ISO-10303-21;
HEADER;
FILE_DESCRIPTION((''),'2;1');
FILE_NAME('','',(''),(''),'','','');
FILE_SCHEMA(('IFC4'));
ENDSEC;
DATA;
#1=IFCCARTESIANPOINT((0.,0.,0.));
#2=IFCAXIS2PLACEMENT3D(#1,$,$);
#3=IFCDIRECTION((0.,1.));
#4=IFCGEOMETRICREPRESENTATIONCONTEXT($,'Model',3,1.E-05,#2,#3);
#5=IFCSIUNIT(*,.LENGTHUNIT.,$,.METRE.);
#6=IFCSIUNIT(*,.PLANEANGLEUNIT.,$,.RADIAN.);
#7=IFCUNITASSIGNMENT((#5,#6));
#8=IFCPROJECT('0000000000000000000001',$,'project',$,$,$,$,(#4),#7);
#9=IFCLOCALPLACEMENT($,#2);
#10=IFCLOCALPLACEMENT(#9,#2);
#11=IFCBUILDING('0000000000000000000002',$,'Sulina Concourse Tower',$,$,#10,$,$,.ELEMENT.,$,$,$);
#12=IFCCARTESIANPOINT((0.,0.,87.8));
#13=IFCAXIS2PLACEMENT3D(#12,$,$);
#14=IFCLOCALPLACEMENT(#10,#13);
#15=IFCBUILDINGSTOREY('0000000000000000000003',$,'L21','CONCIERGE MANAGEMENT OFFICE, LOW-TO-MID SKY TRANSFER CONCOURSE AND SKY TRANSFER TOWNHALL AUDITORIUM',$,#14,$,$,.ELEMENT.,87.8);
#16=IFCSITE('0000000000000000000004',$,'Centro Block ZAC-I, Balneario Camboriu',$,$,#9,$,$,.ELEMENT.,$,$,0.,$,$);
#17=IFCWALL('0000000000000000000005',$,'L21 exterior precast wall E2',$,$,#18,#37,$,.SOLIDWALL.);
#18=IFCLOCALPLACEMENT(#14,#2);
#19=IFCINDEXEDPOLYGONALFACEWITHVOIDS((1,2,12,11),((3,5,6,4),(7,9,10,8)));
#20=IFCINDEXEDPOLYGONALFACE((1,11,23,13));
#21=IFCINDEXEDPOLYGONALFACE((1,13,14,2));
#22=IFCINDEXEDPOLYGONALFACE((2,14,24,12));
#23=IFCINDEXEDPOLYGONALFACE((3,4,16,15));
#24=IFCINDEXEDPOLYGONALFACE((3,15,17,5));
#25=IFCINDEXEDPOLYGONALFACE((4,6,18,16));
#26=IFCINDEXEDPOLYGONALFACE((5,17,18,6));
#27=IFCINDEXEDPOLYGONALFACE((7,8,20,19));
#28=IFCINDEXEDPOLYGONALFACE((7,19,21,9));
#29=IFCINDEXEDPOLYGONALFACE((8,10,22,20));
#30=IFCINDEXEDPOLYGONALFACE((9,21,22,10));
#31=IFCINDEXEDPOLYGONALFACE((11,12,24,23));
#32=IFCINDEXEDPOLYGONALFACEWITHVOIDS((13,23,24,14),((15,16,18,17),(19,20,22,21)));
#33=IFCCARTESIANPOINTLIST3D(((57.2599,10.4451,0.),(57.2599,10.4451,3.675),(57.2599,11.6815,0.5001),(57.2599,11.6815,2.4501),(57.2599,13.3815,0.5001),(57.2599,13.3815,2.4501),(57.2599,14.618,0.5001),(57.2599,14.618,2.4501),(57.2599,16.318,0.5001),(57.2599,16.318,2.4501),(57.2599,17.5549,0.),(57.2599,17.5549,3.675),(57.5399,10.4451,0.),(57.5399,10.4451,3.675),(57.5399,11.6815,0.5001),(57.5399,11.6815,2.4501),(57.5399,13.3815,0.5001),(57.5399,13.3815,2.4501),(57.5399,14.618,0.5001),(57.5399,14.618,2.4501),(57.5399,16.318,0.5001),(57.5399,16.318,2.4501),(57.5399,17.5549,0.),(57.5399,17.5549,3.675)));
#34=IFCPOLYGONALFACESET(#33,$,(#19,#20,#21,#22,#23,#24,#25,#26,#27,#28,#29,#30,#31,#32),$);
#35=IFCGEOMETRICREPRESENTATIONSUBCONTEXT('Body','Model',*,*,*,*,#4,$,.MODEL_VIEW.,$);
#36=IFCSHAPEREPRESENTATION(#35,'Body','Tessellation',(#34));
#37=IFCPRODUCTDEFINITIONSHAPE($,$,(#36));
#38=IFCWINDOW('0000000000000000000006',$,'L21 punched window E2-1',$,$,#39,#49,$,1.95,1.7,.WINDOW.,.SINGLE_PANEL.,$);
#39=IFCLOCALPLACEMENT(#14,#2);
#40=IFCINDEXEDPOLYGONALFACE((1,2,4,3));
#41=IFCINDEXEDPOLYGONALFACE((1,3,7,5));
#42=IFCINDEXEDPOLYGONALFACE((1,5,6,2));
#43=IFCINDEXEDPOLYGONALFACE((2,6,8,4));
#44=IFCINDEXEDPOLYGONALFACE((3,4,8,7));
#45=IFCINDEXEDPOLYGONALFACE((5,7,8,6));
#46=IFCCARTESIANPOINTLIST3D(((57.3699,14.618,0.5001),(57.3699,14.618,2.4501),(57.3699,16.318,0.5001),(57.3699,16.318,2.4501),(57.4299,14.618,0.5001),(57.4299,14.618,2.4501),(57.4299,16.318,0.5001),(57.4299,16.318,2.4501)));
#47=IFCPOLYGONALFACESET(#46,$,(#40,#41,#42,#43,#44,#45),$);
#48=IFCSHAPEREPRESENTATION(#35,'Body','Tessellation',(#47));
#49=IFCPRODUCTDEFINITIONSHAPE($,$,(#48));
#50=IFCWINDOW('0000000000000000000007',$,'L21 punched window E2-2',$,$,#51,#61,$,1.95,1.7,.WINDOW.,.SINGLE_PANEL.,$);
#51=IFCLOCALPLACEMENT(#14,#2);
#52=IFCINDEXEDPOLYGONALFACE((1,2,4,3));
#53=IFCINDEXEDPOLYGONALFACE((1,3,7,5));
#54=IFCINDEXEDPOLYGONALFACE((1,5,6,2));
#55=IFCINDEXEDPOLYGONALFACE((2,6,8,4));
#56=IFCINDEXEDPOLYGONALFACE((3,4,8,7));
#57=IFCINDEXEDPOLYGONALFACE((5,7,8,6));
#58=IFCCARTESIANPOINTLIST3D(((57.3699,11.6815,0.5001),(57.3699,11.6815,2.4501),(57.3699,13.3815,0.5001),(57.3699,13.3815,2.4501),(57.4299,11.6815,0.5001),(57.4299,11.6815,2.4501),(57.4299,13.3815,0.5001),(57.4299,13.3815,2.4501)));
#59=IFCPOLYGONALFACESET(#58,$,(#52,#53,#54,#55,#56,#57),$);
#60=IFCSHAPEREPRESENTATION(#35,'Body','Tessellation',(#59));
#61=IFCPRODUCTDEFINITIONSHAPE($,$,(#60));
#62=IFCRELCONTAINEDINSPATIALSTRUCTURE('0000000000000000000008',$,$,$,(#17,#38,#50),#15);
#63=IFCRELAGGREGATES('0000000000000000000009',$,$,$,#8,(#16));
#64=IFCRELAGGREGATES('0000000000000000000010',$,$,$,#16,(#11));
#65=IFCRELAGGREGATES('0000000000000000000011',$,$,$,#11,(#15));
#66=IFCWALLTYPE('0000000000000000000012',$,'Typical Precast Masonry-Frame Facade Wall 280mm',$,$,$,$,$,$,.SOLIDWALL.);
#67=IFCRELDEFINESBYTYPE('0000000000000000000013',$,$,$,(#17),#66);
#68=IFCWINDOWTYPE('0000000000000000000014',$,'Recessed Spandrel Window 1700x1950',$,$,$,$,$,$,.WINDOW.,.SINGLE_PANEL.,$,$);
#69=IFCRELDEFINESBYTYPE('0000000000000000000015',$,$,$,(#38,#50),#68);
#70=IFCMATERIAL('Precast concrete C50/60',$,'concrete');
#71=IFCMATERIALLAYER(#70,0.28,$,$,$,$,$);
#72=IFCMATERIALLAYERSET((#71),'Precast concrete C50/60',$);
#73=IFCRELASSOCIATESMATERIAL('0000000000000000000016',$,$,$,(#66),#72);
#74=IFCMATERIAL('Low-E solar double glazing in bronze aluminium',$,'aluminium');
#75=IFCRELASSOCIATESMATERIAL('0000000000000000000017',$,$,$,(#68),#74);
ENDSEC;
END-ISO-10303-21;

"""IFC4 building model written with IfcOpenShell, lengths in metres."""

from ifc_helpers import new_model, si_unit, direction, frame, frame_2d, origin, place, context, subcontext, project, spatial, rectangle, extrude, material, layer, layer_set, type_object, element, fill, save


model = new_model("IFC4")

# Units and contexts
model_context = context("Model", 3, precision=1e-05, world=origin(), true_north=direction((0.0, 1.0)))
body_context = subcontext(model_context, "Body", "Model", "MODEL_VIEW")
ifc_project = project(units=[si_unit("LENGTHUNIT", "METRE"), si_unit("PLANEANGLEUNIT", "RADIAN")], contexts=[model_context])

# Site, building, storey
site_placement = place(None, origin())
site = spatial("IfcSite", under=ifc_project, at=site_placement, Name="Centro Block ZAC-I, Balneario Camboriu", CompositionType="ELEMENT", RefElevation=0.0)
building_placement = place(site_placement, origin())
building = spatial("IfcBuilding", under=site, at=building_placement, Name="Sulina Concourse Tower", CompositionType="ELEMENT")
storey_placement = place(building_placement, frame((0.0, 0.0, 87.8)))
storey = spatial("IfcBuildingStorey", under=building, at=storey_placement, Name="L21", Description="CONCIERGE MANAGEMENT OFFICE, LOW-TO-MID SKY TRANSFER CONCOURSE AND SKY TRANSFER TOWNHALL AUDITORIUM", CompositionType="ELEMENT", Elevation=87.8)

# Wall, openings, windows
ifc_material_1 = material(Name="Precast concrete C50/60", Category="concrete")
ifc_layer_1 = layer(ifc_material_1, 0.28)
ifc_layer_set_1 = layer_set([ifc_layer_1], Name="Precast concrete C50/60")
wall_type_1 = type_object("IfcWallType", Name="Typical Precast Masonry-Frame Facade Wall 280mm", PredefinedType="SOLIDWALL", material=ifc_layer_set_1)
ifc_material_2 = material(Name="Low-E solar double glazing in bronze aluminium", Category="aluminium")
window_type = type_object("IfcWindowType", Name="Recessed Spandrel Window 1700x1950", PartitioningType="SINGLE_PANEL", PredefinedType="WINDOW", material=ifc_material_2)
wall_1_placement = place(storey_placement, frame((57.3999, 17.5549, 0.0), z_axis=(0.0, 0.0, 1.0), x_axis=(0.0, -1.0, 0.0)))
wall_1 = element("IfcWall", 1, at=wall_1_placement, inside=storey, type_object=wall_type_1, Name="L21 exterior precast wall E2", PredefinedType="SOLIDWALL", context=body_context, shape_type="SweptSolid", body=[
    extrude(rectangle(XDim=7.1099, YDim=0.28, at=frame_2d((3.5549, 0.0))), origin(), (0.0, 0.0, 1.0), 3.675),
])
opening_1_placement = place(wall_1_placement, frame((1.2368, 0.0, 0.5)))
opening_1 = element("IfcOpeningElement", 2, at=opening_1_placement, cuts=wall_1, PredefinedType="OPENING", context=body_context, shape_type="SweptSolid", body=[
    extrude(rectangle(XDim=1.7, YDim=1.95, at=frame_2d((0.8501, 0.9751))), frame((0.0, 0.1499, 0.0), z_axis=(0.0, -1.0, 0.0), x_axis=(1.0, 0.0, 0.0)), (0.0, 0.0, 1.0), 0.3),
])
opening_2_placement = place(wall_1_placement, frame((4.1733, 0.0, 0.5)))
opening_2 = element("IfcOpeningElement", 3, at=opening_2_placement, cuts=wall_1, PredefinedType="OPENING", context=body_context, shape_type="SweptSolid", body=[
    extrude(rectangle(XDim=1.7, YDim=1.95, at=frame_2d((0.8501, 0.9751))), frame((0.0, 0.1499, 0.0), z_axis=(0.0, -1.0, 0.0), x_axis=(1.0, 0.0, 0.0)), (0.0, 0.0, 1.0), 0.3),
])
window_1_placement = place(opening_1_placement, origin())
window_1 = element("IfcWindow", 4, at=window_1_placement, inside=storey, type_object=window_type, Name="L21 punched window E2-1", OverallHeight=1.95, OverallWidth=1.7, PartitioningType="SINGLE_PANEL", PredefinedType="WINDOW", context=body_context, shape_type="SweptSolid", body=[
    extrude(rectangle(XDim=1.7, YDim=1.95, at=frame_2d((0.8501, 0.9751))), frame((0.0, 0.03, 0.0), z_axis=(0.0, -1.0, 0.0), x_axis=(1.0, 0.0, 0.0)), (0.0, 0.0, 1.0), 0.0601),
])
fill(opening_1, window_1)
window_2_placement = place(opening_2_placement, origin())
window_2 = element("IfcWindow", 5, at=window_2_placement, inside=storey, type_object=window_type, Name="L21 punched window E2-2", OverallHeight=1.95, OverallWidth=1.7, PartitioningType="SINGLE_PANEL", PredefinedType="WINDOW", context=body_context, shape_type="SweptSolid", body=[
    extrude(rectangle(XDim=1.7, YDim=1.95, at=frame_2d((0.8501, 0.9751))), frame((0.0, 0.03, 0.0), z_axis=(0.0, -1.0, 0.0), x_axis=(1.0, 0.0, 0.0)), (0.0, 0.0, 1.0), 0.0601),
])
fill(opening_2, window_2)

save(model, "model.ifc")
